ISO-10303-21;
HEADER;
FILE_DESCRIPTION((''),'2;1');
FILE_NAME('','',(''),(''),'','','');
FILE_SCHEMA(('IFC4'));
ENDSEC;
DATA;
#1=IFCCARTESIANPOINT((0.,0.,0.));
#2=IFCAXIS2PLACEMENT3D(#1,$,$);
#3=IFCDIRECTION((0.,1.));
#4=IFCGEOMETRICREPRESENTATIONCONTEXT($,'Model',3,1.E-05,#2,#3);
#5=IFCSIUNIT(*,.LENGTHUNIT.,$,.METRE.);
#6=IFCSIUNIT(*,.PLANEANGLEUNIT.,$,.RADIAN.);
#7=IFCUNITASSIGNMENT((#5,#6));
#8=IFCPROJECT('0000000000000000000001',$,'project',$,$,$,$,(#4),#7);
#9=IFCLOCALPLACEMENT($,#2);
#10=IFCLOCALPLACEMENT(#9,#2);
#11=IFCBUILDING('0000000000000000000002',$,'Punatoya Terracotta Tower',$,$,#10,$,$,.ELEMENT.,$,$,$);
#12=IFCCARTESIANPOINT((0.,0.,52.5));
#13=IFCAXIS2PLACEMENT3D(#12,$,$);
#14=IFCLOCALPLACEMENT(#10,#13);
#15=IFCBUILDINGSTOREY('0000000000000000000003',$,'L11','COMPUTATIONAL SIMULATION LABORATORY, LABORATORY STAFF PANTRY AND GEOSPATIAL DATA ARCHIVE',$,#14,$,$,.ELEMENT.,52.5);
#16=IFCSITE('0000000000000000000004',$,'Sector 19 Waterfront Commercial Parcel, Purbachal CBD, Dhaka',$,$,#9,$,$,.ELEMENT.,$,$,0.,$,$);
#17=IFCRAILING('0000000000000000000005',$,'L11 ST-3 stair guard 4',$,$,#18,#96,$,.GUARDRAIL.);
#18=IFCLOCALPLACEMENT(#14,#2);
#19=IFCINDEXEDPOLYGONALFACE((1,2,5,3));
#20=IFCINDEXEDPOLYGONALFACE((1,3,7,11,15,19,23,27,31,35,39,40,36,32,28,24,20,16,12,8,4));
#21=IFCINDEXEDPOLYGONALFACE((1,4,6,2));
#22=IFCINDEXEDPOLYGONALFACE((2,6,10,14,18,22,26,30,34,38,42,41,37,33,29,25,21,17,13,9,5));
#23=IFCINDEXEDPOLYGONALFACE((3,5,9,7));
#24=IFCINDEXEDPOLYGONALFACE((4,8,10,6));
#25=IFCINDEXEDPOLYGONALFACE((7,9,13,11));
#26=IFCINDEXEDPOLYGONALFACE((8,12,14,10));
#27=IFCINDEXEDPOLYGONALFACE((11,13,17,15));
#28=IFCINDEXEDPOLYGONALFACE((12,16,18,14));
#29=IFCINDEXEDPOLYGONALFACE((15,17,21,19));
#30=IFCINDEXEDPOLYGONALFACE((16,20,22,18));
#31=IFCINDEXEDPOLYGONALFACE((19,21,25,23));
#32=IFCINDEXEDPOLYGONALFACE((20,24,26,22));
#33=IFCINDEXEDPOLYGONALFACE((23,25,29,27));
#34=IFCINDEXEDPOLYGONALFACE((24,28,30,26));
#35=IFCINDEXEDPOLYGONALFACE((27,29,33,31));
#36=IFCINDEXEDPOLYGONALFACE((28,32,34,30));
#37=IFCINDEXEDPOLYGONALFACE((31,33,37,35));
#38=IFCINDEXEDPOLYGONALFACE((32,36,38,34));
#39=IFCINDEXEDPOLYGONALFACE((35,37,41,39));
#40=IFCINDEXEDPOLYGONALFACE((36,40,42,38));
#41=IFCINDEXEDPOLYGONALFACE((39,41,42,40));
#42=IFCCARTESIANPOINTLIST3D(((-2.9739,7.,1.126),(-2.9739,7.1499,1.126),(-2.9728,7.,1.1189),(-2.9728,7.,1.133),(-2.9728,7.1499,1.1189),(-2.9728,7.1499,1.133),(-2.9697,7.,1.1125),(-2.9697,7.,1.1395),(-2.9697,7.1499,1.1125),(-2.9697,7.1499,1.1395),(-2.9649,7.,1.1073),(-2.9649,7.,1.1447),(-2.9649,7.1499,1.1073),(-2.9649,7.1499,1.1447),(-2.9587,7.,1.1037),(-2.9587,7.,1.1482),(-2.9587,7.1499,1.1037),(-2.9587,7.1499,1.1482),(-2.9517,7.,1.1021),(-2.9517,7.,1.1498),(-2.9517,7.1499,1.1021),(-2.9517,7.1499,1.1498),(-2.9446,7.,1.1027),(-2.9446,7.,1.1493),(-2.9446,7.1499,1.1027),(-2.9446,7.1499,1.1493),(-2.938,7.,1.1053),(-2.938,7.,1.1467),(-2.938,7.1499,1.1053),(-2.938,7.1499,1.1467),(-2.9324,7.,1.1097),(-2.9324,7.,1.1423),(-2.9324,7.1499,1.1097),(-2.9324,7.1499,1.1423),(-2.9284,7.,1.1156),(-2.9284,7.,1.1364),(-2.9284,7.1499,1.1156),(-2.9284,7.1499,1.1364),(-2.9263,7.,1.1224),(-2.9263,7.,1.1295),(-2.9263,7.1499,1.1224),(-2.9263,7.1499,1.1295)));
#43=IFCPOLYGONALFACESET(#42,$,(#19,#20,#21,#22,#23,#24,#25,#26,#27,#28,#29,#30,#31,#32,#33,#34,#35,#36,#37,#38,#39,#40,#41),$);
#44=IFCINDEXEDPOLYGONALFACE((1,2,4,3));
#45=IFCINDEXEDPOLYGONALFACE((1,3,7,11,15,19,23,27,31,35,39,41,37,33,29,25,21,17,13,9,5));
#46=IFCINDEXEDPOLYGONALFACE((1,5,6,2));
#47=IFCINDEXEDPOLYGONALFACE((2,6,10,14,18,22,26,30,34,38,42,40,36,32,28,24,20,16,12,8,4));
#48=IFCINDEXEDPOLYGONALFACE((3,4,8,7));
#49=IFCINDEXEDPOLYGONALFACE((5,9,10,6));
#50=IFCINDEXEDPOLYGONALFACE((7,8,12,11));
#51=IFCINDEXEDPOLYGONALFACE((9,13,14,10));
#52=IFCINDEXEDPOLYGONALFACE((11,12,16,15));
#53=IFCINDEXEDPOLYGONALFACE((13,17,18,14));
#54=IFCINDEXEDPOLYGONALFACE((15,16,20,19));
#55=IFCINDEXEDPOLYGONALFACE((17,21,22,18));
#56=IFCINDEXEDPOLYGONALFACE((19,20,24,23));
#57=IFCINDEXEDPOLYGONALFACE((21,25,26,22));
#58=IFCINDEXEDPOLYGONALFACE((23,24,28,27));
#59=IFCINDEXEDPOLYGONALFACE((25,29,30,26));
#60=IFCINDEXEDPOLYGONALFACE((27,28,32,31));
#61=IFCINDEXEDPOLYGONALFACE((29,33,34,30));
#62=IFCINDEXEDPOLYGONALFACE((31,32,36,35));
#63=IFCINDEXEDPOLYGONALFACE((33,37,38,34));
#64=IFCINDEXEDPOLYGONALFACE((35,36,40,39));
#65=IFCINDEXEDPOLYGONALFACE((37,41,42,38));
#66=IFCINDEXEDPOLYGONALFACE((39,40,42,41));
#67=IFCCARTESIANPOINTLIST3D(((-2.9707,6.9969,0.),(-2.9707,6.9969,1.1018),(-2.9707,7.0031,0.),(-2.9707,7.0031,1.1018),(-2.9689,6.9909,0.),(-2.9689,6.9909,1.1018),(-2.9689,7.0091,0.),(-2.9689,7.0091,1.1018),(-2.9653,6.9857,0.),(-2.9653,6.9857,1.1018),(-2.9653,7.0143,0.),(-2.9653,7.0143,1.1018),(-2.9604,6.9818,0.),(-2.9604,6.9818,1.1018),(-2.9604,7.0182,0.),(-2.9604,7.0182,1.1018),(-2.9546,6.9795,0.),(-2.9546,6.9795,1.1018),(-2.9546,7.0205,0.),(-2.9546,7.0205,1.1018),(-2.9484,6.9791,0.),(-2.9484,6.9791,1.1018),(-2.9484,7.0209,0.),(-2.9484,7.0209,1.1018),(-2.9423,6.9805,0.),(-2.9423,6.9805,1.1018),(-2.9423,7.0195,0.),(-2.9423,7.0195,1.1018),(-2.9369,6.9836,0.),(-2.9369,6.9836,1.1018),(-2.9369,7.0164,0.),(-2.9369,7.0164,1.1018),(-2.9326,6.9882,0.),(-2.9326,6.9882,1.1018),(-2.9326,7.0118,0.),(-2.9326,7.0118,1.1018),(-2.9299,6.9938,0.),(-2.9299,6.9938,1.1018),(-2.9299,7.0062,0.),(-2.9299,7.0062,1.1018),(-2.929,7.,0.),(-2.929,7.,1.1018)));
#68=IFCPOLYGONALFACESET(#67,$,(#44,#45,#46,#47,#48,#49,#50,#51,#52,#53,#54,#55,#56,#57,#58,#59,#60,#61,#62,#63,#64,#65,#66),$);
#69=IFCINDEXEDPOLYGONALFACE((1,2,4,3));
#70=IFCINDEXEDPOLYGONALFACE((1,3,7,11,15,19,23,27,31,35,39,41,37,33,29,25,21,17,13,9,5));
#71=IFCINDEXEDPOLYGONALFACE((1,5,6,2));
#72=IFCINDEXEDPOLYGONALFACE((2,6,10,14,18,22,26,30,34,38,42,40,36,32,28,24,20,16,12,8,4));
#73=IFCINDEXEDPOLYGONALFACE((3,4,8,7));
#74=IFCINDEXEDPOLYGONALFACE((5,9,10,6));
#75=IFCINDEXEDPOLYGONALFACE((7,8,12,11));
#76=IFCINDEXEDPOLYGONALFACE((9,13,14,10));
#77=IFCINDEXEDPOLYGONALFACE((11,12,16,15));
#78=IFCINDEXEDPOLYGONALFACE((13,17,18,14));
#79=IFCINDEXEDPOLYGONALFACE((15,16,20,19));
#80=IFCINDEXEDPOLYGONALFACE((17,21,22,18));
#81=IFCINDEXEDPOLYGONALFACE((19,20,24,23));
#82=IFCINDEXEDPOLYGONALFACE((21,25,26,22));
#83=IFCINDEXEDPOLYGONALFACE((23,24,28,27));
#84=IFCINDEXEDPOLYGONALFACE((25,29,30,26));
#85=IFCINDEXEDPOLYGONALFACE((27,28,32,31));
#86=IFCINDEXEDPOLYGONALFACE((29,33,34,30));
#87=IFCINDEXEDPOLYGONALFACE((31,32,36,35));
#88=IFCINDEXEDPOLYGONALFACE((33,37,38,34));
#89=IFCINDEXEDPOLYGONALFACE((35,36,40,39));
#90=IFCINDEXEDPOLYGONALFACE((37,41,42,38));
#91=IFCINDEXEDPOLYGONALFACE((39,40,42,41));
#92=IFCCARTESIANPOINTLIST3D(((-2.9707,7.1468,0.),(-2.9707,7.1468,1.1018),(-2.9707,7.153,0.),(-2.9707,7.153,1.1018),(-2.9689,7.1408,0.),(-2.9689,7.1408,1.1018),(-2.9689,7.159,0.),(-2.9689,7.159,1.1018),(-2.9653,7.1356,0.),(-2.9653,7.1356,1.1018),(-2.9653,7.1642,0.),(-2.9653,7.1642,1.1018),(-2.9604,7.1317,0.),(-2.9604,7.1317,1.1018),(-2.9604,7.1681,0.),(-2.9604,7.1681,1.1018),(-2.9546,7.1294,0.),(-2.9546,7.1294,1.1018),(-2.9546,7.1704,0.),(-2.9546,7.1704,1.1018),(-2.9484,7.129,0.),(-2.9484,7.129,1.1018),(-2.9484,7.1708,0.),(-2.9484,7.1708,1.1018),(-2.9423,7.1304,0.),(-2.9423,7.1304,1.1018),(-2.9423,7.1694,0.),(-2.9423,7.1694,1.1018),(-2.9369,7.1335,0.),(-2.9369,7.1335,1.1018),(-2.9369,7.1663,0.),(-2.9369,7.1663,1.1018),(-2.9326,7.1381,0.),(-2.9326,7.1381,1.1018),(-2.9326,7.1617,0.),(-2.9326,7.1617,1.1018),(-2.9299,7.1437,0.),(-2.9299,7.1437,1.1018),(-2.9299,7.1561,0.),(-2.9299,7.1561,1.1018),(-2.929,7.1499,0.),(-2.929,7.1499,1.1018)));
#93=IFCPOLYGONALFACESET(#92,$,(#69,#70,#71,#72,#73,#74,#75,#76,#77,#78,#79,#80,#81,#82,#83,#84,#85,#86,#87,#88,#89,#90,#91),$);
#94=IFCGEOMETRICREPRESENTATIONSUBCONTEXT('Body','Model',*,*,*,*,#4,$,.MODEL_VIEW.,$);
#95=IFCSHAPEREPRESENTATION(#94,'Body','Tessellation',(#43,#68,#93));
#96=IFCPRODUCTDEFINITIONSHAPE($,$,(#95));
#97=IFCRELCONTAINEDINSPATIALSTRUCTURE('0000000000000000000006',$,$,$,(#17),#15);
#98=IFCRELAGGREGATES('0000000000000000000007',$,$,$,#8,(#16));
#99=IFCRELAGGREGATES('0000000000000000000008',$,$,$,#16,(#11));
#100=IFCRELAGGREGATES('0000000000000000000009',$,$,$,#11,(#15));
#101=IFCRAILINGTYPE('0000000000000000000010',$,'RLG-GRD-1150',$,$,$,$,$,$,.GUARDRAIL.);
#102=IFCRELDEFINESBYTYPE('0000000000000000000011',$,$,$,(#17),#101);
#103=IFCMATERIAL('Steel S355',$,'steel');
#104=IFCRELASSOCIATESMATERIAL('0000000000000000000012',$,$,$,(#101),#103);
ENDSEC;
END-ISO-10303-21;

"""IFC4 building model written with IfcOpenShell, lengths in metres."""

from ifc_helpers import new_model, si_unit, direction, frame, origin, origin_2d, place, context, subcontext, project, spatial, circle, extrude, material, type_object, element, save


model = new_model("IFC4")

# Units and contexts
model_context = context("Model", 3, precision=1e-05, world=origin(), true_north=direction((0.0, 1.0)))
body_context = subcontext(model_context, "Body", "Model", "MODEL_VIEW")
ifc_project = project(units=[si_unit("LENGTHUNIT", "METRE"), si_unit("PLANEANGLEUNIT", "RADIAN")], contexts=[model_context])

# Site, building, storey
site_placement = place(None, origin())
site = spatial("IfcSite", under=ifc_project, at=site_placement, Name="Sector 19 Waterfront Commercial Parcel, Purbachal CBD, Dhaka", CompositionType="ELEMENT", RefElevation=0.0)
building_placement = place(site_placement, origin())
building = spatial("IfcBuilding", under=site, at=building_placement, Name="Punatoya Terracotta Tower", CompositionType="ELEMENT")
storey_placement = place(building_placement, frame((0.0, 0.0, 52.5)))
storey = spatial("IfcBuildingStorey", under=building, at=storey_placement, Name="L11", Description="COMPUTATIONAL SIMULATION LABORATORY, LABORATORY STAFF PANTRY AND GEOSPATIAL DATA ARCHIVE", CompositionType="ELEMENT", Elevation=52.5)

# Shared definitions
ifc_material_1 = material(Name="Steel S355", Category="steel")

# Railing
railing_type_1 = type_object("IfcRailingType", Name="RLG-GRD-1150", PredefinedType="GUARDRAIL", material=ifc_material_1)
railing_1_placement = place(storey_placement, frame((-2.95, 7.0, 0.0)))
element("IfcRailing", 1, at=railing_1_placement, inside=storey, type_object=railing_type_1, Name="L11 ST-3 stair guard 4", PredefinedType="GUARDRAIL", context=body_context, shape_type="SweptSolid", body=[
    extrude(circle(Radius=0.0239, at=origin_2d()), frame((0.0, 0.0, 1.126), z_axis=(0.0, 1.0, 0.0), x_axis=(-1.0, 0.0, 0.0)), (0.0, 0.0, 1.0), 0.1499),
    extrude(circle(Radius=0.021, at=origin_2d()), origin(), (0.0, 0.0, 1.0), 1.1018),
    extrude(circle(Radius=0.021, at=origin_2d()), frame((0.0, 0.1499, 0.0)), (0.0, 0.0, 1.0), 1.1018),
])

save(model, "model.ifc")
